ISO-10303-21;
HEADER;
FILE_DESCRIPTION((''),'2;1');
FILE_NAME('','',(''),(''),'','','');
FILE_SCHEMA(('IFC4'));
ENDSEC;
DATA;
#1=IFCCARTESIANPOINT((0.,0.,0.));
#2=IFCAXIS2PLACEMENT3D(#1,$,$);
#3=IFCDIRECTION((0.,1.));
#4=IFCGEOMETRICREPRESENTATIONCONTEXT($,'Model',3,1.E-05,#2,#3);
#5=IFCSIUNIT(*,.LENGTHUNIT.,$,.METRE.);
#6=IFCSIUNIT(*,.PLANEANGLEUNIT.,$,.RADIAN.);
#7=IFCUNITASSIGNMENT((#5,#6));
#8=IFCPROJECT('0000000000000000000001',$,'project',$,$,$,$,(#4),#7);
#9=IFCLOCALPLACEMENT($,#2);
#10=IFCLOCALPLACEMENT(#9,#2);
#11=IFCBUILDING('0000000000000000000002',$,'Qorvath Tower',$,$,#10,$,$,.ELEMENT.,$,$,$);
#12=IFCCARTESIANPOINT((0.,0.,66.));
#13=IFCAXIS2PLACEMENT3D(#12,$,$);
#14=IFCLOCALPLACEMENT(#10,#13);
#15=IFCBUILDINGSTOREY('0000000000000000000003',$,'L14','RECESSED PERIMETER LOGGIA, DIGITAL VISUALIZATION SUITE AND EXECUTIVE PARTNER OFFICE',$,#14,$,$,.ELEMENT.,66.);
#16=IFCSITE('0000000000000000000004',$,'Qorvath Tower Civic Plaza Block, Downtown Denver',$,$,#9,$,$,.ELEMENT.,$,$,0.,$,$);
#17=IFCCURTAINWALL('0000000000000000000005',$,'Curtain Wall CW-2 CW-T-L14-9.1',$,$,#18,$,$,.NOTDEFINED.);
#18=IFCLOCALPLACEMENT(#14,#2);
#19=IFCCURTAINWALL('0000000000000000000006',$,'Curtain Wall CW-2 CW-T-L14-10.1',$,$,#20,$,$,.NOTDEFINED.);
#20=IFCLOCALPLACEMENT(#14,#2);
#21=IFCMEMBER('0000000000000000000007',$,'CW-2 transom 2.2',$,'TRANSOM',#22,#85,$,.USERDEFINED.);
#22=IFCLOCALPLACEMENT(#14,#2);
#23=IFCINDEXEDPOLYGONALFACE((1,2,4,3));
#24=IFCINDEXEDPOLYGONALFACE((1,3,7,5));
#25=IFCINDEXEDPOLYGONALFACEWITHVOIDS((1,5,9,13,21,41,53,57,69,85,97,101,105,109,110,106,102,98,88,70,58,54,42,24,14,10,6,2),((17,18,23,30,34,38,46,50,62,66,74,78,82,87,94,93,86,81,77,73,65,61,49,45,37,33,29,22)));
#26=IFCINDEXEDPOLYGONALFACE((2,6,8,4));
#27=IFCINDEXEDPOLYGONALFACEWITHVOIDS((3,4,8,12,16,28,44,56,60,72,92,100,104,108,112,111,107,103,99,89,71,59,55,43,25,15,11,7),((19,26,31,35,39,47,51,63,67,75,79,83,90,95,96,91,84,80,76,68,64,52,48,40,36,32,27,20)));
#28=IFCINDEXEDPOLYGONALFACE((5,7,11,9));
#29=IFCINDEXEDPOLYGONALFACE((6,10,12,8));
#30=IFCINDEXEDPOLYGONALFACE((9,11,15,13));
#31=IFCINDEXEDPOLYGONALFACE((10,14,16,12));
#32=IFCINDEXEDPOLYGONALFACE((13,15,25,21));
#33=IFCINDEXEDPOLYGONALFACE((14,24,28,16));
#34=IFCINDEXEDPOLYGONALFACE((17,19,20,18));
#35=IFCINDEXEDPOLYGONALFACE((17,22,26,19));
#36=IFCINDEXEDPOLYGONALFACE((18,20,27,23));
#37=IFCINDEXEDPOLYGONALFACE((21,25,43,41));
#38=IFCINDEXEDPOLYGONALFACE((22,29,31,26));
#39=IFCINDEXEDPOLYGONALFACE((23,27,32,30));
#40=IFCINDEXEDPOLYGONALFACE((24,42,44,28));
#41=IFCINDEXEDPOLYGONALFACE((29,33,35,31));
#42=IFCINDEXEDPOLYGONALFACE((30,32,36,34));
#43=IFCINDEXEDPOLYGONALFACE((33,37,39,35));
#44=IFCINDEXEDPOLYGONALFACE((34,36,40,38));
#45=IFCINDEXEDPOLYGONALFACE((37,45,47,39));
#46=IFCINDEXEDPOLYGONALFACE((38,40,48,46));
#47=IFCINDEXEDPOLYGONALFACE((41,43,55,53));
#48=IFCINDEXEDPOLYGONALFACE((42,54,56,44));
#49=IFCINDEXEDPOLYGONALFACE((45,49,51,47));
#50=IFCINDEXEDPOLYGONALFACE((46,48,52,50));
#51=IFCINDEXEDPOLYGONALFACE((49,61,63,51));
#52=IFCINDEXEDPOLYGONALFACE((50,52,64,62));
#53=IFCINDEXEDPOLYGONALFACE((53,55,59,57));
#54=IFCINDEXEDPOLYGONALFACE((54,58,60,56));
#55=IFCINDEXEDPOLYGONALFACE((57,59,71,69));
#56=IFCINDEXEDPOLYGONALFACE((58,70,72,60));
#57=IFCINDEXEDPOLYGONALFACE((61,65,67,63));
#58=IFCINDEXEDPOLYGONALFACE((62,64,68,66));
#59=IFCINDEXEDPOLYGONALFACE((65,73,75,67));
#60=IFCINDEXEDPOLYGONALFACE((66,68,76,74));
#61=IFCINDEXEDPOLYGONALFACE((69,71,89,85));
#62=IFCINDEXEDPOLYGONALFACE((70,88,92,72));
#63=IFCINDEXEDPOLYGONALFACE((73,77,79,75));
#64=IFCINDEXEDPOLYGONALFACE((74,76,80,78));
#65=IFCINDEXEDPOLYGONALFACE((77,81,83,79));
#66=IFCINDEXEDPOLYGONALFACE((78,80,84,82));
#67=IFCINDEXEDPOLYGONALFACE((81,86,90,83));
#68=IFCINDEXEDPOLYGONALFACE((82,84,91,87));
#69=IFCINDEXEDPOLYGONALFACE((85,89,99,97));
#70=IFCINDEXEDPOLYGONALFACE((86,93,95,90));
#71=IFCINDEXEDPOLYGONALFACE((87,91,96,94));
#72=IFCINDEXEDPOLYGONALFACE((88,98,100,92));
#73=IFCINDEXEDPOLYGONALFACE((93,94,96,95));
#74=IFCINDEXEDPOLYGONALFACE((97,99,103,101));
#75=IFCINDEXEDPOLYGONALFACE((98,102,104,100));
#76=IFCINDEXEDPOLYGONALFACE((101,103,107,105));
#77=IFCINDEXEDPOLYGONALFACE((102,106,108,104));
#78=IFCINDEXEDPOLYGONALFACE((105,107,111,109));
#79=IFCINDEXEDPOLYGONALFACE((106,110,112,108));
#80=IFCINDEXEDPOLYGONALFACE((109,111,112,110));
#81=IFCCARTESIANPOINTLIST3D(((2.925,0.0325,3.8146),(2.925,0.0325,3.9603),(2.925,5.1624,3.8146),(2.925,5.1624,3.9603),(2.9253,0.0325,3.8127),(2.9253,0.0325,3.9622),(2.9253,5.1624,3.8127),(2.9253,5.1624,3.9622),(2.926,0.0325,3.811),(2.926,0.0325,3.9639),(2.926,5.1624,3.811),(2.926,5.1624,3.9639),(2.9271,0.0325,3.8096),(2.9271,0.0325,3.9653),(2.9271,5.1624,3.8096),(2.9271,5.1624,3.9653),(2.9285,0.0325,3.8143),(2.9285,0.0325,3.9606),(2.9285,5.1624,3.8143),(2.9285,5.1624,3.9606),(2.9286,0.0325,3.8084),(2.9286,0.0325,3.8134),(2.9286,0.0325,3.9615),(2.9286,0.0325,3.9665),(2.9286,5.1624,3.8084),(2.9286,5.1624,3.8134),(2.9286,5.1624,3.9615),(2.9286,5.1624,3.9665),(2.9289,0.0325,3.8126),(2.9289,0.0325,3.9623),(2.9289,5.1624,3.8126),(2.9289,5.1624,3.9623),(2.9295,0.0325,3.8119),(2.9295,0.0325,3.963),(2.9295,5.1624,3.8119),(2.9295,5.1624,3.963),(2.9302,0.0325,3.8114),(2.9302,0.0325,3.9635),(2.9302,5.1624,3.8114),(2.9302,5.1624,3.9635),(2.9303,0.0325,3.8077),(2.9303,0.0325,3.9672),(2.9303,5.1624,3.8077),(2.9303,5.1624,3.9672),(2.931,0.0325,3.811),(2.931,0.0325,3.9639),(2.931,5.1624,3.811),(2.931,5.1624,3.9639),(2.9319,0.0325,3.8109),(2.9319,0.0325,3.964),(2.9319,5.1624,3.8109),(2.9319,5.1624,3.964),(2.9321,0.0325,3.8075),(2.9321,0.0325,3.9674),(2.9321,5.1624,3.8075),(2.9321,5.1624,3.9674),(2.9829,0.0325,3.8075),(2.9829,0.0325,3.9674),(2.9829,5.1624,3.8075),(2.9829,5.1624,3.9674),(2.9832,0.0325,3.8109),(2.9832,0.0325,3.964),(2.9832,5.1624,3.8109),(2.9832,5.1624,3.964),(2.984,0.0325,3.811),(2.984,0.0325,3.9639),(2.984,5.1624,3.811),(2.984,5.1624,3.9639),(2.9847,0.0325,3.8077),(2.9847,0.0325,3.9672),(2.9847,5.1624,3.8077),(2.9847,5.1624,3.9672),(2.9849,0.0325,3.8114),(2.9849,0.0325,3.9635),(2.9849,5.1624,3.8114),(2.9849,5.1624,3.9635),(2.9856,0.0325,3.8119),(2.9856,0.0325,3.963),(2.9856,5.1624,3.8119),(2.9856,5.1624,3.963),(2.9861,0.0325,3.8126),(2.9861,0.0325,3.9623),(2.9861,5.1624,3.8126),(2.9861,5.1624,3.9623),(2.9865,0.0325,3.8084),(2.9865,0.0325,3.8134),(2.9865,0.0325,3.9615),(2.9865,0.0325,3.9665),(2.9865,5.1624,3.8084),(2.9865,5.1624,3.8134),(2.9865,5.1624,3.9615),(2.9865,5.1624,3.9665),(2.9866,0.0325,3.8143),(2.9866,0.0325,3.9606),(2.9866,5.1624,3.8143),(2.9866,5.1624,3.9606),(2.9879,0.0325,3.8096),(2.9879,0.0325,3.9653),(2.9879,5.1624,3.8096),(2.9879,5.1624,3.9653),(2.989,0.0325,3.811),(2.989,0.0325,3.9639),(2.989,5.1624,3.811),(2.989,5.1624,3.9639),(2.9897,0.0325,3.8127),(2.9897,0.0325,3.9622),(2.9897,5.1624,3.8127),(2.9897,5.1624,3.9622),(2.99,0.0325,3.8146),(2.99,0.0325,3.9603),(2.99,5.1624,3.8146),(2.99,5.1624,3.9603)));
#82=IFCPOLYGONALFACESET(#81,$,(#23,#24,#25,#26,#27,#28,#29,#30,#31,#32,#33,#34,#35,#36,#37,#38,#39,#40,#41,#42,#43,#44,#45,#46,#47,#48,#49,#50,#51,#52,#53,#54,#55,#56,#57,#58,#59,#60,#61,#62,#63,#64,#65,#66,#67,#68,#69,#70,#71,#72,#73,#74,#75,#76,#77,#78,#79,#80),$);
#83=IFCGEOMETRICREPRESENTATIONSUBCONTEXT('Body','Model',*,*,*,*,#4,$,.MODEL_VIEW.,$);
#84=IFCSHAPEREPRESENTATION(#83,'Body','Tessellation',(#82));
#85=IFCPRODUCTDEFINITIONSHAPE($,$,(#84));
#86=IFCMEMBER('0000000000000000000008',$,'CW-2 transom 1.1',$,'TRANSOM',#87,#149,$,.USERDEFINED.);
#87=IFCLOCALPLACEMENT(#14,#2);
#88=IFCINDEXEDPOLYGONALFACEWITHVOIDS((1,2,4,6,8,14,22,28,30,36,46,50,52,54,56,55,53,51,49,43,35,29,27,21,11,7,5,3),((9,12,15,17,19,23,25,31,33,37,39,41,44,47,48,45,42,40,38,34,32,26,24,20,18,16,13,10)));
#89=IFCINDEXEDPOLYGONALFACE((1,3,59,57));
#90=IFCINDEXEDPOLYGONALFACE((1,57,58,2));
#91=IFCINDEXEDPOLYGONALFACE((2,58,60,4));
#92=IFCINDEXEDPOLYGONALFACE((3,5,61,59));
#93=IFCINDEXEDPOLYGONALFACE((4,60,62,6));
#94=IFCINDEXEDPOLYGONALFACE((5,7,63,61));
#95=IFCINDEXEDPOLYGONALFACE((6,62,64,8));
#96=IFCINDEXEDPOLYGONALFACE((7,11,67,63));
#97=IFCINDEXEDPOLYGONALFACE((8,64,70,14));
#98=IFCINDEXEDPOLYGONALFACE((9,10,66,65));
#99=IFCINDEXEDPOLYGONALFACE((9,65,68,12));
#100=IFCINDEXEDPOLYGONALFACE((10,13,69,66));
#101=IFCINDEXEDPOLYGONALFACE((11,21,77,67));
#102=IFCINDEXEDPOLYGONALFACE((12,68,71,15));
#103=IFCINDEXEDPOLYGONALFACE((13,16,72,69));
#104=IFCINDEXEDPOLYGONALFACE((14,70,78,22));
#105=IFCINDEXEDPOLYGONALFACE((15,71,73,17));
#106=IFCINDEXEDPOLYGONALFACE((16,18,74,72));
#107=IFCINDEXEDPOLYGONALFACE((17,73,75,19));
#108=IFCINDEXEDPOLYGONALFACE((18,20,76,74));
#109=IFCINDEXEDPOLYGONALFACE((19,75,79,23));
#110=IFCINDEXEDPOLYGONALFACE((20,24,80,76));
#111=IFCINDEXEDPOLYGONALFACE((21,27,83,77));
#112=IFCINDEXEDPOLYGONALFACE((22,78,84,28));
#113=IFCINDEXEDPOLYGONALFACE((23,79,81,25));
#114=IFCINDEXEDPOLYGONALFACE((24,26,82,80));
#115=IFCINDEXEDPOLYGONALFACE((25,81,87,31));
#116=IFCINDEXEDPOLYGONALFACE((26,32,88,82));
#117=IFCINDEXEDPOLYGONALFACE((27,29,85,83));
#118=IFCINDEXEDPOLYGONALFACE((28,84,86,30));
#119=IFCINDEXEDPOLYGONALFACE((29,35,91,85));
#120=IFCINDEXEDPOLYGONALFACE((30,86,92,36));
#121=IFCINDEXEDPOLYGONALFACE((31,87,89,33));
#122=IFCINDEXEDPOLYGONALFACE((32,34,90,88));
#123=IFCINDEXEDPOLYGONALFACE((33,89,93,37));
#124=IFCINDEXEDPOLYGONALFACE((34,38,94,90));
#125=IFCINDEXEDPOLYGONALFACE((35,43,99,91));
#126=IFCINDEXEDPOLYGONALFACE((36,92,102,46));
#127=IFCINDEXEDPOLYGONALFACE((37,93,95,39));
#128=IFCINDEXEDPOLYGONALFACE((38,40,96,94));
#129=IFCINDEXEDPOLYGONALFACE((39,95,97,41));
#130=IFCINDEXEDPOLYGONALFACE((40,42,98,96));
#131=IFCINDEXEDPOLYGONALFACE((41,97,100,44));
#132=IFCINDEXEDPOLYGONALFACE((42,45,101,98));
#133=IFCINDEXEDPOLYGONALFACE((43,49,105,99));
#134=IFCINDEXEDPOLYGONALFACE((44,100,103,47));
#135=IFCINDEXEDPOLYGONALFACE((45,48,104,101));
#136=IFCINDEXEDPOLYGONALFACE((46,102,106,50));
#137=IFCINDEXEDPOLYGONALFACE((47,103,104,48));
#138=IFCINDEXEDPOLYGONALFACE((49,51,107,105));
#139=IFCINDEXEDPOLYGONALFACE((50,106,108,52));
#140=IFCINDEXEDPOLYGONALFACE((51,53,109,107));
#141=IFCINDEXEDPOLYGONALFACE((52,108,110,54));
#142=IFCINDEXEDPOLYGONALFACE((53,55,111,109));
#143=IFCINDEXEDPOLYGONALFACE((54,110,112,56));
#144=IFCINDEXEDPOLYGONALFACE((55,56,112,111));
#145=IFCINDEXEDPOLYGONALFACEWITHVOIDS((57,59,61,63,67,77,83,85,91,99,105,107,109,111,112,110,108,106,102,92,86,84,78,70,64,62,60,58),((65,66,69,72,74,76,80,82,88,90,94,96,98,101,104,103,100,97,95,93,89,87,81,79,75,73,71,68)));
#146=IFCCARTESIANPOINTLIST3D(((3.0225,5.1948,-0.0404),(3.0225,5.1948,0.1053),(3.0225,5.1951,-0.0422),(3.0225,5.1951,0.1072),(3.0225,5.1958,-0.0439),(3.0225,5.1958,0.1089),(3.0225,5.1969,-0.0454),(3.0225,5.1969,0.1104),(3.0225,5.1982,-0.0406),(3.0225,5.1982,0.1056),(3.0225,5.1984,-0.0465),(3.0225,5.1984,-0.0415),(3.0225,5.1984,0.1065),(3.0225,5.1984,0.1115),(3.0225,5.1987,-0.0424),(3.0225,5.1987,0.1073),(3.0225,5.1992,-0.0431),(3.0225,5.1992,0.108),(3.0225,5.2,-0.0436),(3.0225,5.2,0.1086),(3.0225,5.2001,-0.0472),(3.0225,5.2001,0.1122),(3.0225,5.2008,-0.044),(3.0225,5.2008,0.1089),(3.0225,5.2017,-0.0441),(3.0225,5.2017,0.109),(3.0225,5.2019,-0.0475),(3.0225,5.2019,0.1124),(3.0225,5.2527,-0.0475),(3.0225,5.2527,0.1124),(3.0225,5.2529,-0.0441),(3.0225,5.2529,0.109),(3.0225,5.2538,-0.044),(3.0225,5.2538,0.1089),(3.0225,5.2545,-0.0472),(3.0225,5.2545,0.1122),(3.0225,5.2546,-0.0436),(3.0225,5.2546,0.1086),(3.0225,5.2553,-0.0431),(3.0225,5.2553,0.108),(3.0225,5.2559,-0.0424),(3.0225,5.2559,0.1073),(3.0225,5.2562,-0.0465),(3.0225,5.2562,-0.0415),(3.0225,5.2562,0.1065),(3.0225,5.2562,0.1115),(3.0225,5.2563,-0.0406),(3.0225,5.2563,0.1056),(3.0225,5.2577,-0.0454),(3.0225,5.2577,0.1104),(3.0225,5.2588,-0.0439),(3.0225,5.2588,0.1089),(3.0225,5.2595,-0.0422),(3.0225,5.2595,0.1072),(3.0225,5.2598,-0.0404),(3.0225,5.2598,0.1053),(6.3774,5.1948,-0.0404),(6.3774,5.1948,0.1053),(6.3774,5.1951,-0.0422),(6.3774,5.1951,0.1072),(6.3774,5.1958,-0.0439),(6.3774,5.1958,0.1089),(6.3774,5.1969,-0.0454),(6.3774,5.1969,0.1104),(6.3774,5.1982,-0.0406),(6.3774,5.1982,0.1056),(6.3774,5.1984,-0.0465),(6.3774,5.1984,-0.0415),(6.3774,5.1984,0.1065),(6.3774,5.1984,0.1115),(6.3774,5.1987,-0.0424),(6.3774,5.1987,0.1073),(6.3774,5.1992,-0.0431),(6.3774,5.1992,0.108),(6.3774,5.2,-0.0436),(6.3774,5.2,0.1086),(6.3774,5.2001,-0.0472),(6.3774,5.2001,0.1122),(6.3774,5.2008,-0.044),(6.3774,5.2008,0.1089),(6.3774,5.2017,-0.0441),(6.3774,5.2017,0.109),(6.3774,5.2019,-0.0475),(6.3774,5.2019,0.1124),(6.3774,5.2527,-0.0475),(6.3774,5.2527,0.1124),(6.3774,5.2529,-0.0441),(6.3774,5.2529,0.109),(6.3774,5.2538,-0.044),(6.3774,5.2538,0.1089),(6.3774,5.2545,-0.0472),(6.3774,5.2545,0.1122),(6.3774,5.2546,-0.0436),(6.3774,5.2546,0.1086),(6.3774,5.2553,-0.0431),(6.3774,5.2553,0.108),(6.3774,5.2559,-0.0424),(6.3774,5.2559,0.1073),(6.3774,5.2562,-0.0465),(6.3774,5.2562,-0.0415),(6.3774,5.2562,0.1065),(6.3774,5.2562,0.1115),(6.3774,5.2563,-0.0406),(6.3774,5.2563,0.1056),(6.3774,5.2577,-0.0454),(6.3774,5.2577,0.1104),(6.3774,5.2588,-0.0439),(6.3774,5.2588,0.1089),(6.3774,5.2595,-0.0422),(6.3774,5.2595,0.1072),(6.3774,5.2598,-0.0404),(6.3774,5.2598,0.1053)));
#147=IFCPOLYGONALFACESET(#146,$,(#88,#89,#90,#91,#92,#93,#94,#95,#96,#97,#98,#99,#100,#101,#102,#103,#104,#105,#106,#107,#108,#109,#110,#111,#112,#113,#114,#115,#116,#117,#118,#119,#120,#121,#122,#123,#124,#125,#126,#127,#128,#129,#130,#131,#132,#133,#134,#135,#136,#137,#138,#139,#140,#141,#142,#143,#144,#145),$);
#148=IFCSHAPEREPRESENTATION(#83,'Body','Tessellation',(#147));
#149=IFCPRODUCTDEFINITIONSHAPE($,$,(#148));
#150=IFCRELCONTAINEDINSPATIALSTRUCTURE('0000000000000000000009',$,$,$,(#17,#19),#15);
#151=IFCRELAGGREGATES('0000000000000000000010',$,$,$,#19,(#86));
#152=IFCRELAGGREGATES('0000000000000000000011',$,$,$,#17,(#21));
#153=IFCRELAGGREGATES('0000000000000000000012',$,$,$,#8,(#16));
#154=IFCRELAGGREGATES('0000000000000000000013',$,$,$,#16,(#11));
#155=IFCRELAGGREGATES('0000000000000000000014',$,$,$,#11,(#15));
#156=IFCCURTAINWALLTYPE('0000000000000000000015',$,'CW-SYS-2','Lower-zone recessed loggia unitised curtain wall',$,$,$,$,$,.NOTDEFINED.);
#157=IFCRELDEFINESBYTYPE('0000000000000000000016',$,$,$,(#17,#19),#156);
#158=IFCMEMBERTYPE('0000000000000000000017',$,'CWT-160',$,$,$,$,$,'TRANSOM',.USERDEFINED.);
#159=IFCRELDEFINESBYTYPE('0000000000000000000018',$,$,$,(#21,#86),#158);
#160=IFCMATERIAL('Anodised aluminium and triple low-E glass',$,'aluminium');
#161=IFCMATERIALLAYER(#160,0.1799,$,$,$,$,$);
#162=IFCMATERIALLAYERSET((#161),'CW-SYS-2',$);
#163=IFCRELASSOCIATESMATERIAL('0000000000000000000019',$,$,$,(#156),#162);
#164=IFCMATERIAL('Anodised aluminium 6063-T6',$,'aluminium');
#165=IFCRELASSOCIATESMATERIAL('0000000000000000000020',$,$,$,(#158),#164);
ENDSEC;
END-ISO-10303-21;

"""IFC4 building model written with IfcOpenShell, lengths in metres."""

from ifc_helpers import new_model, si_unit, direction, frame, origin, origin_2d, place, context, subcontext, project, spatial, hollow_rectangle, extrude, material, layer, layer_set, material_profile, profile_set, type_object, element, aggregate, save


model = new_model("IFC4")

# Units and contexts
model_context = context("Model", 3, precision=1e-05, world=origin(), true_north=direction((0.0, 1.0)))
body_context = subcontext(model_context, "Body", "Model", "MODEL_VIEW")
ifc_project = project(units=[si_unit("LENGTHUNIT", "METRE"), si_unit("PLANEANGLEUNIT", "RADIAN")], contexts=[model_context])

# Site, building, storey
site_placement = place(None, origin())
site = spatial("IfcSite", under=ifc_project, at=site_placement, Name="Qorvath Tower Civic Plaza Block, Downtown Denver", CompositionType="ELEMENT", RefElevation=0.0)
building_placement = place(site_placement, origin())
building = spatial("IfcBuilding", under=site, at=building_placement, Name="Qorvath Tower", CompositionType="ELEMENT")
storey_placement = place(building_placement, frame((0.0, 0.0, 66.0)))
storey = spatial("IfcBuildingStorey", under=building, at=storey_placement, Name="L14", Description="RECESSED PERIMETER LOGGIA, DIGITAL VISUALIZATION SUITE AND EXECUTIVE PARTNER OFFICE", CompositionType="ELEMENT", Elevation=66.0)

# Curtain wall
ifc_material_1 = material(Name="Anodised aluminium and triple low-E glass", Category="aluminium")
ifc_layer_1 = layer(ifc_material_1, 0.1799)
ifc_layer_set_1 = layer_set([ifc_layer_1], Name="CW-SYS-2")
curtain_wall_type = type_object("IfcCurtainWallType", Name="CW-SYS-2", Description="Lower-zone recessed loggia unitised curtain wall", PredefinedType="NOTDEFINED", material=ifc_layer_set_1)
curtain_wall_1_placement = place(storey_placement, origin())
curtain_wall_1 = element("IfcCurtainWall", 1, at=curtain_wall_1_placement, inside=storey, type_object=curtain_wall_type, Name="Curtain Wall CW-2 CW-T-L14-9.1", PredefinedType="NOTDEFINED")

# Curtain wall
curtain_wall_2_placement = place(storey_placement, origin())
curtain_wall_2 = element("IfcCurtainWall", 2, at=curtain_wall_2_placement, inside=storey, type_object=curtain_wall_type, Name="Curtain Wall CW-2 CW-T-L14-10.1", PredefinedType="NOTDEFINED")

# Members
ifc_material_2 = material(Name="Anodised aluminium 6063-T6", Category="aluminium")
ifc_material_profile_1 = material_profile(ifc_material_2, hollow_rectangle(XDim=0.0649, YDim=0.1599, WallThickness=0.0034, InnerFilletRadius=0.0034, OuterFilletRadius=0.0071, at=origin_2d()), Name="CWT 160x65")
ifc_profile_set_1 = profile_set([ifc_material_profile_1], Name="Anodised aluminium 6063-T6")
member_type_1 = type_object("IfcMemberType", Name="CWT-160", ElementType="TRANSOM", PredefinedType="USERDEFINED", material=ifc_profile_set_1)
member_1_placement = place(storey_placement, frame((2.9575, 0.0325, 3.8875), z_axis=(0.0, 1.0, 0.0), x_axis=(-1.0, 0.0, 0.0)))
member_1 = element("IfcMember", 3, at=member_1_placement, type_object=member_type_1, Name="CW-2 transom 2.2", ObjectType="TRANSOM", PredefinedType="USERDEFINED", context=body_context, shape_type="SweptSolid", body=[
    extrude(hollow_rectangle(XDim=0.0649, YDim=0.1599, WallThickness=0.0034, InnerFilletRadius=0.0034, OuterFilletRadius=0.0071, at=origin_2d()), origin(), (0.0, 0.0, 1.0), 5.1299),
])
member_2_placement = place(storey_placement, frame((3.0225, 5.2273, 0.0325), z_axis=(1.0, 0.0, 0.0), x_axis=(0.0, 1.0, 0.0)))
member_2 = element("IfcMember", 4, at=member_2_placement, type_object=member_type_1, Name="CW-2 transom 1.1", ObjectType="TRANSOM", PredefinedType="USERDEFINED", context=body_context, shape_type="SweptSolid", body=[
    extrude(hollow_rectangle(XDim=0.0649, YDim=0.1599, WallThickness=0.0034, InnerFilletRadius=0.0034, OuterFilletRadius=0.0071, at=origin_2d()), origin(), (0.0, 0.0, 1.0), 3.355),
])
aggregate(curtain_wall_2, [member_2])

aggregate(curtain_wall_1, [member_1])

save(model, "model.ifc")
